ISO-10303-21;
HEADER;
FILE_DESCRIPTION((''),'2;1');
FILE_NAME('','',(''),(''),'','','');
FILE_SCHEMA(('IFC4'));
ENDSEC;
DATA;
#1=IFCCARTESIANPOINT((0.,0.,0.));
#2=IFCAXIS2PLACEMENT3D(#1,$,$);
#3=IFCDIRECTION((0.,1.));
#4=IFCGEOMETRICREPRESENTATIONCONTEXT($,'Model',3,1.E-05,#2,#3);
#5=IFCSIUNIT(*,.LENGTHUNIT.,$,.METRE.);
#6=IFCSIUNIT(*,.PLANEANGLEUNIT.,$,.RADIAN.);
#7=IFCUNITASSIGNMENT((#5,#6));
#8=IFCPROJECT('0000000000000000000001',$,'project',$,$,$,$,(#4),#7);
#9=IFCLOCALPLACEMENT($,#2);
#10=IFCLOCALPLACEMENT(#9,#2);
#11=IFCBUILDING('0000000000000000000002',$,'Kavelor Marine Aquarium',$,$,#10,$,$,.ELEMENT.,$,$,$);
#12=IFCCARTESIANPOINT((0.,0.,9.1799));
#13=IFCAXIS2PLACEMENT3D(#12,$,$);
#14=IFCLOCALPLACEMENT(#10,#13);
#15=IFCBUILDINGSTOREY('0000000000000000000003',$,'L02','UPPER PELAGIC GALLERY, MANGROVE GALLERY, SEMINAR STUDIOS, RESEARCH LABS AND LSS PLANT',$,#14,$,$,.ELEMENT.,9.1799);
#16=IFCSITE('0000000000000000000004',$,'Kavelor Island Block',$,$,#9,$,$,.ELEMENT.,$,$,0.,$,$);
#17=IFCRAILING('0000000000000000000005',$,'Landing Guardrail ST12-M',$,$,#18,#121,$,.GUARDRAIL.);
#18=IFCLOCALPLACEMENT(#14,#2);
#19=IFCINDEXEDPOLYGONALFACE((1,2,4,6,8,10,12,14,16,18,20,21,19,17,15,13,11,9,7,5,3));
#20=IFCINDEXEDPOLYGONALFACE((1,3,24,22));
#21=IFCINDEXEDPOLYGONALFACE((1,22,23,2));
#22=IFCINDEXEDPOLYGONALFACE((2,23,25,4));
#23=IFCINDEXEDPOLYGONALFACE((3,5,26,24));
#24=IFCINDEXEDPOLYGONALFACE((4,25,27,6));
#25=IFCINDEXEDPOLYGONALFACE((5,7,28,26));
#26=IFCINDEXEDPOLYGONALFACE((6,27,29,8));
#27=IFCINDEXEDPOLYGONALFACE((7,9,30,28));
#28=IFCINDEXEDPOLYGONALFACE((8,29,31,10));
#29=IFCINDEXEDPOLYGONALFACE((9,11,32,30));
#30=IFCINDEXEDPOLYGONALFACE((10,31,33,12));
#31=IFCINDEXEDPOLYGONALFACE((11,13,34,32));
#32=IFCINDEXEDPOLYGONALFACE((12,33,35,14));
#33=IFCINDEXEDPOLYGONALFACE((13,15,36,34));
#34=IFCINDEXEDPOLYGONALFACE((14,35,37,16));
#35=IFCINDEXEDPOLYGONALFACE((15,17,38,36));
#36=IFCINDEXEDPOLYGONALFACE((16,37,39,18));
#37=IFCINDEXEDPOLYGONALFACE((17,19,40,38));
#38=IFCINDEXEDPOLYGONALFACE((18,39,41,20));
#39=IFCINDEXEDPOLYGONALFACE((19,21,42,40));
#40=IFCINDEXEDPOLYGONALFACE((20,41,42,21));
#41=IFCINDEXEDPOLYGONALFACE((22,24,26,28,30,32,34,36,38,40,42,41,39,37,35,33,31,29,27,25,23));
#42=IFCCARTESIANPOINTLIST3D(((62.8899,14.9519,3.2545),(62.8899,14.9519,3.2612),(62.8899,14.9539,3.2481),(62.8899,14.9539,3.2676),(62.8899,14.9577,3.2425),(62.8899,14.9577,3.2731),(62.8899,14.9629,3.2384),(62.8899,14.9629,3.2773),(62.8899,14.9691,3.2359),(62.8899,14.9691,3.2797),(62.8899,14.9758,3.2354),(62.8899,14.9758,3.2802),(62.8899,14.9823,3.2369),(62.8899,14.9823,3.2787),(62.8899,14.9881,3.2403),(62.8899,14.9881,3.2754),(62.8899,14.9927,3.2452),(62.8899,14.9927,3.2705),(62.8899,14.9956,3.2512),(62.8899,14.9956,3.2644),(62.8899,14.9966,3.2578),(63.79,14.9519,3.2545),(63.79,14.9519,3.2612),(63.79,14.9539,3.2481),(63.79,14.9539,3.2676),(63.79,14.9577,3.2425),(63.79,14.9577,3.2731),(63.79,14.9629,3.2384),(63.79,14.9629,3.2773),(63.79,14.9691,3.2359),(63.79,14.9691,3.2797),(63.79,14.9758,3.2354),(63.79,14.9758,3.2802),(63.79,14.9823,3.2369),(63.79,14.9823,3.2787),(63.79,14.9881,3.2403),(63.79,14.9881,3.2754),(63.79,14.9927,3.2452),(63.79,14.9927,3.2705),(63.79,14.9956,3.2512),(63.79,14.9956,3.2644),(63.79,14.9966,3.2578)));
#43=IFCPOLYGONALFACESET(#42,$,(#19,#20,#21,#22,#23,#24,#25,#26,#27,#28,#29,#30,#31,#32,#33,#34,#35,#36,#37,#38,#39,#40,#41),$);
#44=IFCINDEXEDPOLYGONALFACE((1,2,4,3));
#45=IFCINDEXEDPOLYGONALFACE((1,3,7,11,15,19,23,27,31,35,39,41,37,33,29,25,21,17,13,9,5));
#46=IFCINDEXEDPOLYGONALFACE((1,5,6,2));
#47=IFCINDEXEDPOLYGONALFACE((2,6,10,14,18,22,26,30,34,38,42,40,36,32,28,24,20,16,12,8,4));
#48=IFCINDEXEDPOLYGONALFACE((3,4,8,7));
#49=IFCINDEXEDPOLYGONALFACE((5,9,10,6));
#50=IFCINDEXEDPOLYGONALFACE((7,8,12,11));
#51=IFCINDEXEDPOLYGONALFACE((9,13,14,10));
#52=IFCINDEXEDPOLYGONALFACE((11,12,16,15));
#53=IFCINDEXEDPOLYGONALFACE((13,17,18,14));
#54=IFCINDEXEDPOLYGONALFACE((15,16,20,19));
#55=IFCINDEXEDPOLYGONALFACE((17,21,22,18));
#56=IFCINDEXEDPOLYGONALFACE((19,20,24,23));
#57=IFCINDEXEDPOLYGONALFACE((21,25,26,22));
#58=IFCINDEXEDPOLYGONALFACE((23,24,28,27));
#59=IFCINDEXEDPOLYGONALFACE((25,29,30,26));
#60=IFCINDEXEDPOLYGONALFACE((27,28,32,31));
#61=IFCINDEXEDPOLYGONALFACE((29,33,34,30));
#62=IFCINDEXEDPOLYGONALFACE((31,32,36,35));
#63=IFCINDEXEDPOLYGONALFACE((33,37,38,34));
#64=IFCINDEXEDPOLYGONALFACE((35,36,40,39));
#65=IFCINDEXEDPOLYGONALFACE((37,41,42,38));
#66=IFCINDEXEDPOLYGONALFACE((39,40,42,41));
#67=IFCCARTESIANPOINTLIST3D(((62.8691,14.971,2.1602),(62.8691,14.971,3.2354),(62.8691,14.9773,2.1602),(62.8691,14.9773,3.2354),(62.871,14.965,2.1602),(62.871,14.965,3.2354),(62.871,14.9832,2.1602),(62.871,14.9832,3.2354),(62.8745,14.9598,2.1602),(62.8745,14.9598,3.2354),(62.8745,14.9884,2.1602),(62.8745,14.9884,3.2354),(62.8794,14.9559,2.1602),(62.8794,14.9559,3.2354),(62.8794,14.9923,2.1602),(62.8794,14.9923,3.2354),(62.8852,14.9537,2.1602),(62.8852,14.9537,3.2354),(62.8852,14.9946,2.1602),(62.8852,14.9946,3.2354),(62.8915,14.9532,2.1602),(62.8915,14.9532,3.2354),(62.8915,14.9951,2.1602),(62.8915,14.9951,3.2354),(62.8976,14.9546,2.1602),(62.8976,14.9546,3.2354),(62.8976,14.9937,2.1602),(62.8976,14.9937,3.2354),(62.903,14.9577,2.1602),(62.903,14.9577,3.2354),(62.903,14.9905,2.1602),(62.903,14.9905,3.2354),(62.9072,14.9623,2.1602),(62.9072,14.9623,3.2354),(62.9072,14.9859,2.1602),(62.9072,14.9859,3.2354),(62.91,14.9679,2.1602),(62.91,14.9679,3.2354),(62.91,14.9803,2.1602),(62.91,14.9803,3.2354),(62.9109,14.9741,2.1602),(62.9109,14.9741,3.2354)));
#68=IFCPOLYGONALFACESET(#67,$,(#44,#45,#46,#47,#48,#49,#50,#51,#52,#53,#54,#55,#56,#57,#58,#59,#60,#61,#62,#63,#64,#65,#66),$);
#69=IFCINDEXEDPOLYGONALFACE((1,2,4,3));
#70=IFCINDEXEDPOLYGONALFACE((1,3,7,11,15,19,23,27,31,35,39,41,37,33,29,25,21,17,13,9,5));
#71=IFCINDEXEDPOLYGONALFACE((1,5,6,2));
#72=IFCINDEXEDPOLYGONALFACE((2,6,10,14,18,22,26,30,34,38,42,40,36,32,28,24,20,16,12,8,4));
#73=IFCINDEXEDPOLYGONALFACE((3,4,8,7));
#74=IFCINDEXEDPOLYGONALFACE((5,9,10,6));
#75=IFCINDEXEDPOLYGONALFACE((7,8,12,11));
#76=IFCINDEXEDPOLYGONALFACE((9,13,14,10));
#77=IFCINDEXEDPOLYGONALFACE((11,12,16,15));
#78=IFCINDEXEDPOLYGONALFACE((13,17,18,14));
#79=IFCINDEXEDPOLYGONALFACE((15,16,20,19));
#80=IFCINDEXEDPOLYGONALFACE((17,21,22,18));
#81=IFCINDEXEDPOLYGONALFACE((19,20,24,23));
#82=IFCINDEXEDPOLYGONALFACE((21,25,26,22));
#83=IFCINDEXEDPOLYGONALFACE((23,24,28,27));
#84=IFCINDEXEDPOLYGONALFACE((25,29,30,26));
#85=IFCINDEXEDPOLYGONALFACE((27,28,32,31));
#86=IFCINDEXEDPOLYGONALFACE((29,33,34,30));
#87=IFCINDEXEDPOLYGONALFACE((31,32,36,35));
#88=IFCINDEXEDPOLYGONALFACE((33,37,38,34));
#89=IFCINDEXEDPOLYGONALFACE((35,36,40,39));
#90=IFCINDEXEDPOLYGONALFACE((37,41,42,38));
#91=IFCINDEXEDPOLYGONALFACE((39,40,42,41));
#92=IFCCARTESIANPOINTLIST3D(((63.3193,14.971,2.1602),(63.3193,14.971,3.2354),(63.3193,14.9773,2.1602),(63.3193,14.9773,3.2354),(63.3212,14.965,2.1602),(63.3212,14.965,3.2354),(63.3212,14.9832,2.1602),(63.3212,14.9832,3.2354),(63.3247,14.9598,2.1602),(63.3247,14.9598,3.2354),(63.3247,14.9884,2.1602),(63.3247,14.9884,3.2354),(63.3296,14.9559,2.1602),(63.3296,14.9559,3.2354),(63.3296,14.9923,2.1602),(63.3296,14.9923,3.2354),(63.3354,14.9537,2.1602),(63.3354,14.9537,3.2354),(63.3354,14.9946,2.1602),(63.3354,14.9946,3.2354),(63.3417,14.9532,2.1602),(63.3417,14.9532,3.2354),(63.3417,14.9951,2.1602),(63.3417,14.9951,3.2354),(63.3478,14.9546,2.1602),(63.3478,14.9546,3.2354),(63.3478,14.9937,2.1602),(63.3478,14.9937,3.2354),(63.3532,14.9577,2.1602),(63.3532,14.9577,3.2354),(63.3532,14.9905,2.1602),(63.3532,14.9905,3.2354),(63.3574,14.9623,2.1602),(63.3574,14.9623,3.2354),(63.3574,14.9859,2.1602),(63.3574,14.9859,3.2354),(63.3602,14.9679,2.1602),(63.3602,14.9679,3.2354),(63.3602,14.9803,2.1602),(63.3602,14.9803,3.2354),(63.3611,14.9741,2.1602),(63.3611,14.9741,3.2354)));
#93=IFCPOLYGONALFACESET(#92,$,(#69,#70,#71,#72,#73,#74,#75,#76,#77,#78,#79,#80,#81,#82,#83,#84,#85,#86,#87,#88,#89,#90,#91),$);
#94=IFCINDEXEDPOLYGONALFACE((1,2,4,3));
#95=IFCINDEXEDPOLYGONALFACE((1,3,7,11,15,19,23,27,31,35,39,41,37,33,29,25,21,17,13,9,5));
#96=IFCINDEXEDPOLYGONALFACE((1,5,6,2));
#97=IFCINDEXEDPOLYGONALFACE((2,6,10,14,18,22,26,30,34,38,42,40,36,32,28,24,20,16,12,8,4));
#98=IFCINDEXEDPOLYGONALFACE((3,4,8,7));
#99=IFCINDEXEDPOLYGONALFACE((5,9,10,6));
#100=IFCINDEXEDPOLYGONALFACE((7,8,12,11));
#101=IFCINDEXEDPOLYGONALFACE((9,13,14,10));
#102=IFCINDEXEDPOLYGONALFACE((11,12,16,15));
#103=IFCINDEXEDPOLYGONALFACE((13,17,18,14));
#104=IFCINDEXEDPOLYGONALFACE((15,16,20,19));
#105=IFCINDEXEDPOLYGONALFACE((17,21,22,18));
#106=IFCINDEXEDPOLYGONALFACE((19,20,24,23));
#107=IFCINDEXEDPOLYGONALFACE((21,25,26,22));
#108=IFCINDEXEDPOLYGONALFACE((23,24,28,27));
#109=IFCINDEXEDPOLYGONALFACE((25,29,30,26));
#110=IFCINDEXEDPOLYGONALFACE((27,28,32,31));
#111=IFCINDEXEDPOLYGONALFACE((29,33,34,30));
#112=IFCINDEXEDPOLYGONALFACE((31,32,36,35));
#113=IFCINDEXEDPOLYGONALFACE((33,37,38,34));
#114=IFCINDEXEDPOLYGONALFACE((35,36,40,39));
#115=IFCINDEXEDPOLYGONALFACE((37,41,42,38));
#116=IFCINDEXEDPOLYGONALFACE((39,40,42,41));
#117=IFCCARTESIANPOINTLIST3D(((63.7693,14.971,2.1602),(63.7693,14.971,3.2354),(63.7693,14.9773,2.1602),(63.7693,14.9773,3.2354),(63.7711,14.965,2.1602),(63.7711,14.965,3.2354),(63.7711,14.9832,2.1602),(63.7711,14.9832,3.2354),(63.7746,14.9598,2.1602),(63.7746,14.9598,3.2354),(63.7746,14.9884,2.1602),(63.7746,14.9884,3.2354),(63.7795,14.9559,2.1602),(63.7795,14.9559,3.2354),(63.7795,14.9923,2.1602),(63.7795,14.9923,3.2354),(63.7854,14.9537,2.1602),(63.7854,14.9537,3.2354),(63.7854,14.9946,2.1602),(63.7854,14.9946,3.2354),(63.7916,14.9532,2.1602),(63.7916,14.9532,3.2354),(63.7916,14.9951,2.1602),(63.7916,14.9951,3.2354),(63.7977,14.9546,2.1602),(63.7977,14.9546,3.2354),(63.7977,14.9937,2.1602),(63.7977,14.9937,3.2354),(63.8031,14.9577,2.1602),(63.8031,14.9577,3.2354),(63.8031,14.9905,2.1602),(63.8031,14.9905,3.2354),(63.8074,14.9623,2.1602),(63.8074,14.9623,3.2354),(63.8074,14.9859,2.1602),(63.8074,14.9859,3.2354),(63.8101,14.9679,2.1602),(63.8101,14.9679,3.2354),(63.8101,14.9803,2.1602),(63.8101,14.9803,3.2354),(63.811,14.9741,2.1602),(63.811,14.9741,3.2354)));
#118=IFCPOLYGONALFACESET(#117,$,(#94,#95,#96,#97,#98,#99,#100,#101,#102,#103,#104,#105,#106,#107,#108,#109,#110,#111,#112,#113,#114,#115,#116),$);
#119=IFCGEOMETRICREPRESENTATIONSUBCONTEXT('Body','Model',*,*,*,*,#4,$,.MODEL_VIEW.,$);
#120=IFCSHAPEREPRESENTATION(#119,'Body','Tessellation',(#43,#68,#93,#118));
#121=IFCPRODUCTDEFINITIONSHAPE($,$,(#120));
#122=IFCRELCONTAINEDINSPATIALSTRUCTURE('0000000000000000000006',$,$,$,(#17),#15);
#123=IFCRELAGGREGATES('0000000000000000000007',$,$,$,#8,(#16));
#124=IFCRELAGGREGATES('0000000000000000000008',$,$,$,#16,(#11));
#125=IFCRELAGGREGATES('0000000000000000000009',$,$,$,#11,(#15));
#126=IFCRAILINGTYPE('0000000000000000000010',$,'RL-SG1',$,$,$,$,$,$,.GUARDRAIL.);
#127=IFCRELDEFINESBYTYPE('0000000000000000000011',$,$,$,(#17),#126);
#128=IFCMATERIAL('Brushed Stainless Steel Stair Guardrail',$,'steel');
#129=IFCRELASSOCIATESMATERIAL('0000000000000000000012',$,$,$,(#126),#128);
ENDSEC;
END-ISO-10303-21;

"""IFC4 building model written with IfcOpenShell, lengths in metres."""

from ifc_helpers import new_model, si_unit, direction, frame, origin, origin_2d, place, context, subcontext, project, spatial, circle, extrude, material, type_object, element, save


model = new_model("IFC4")

# Units and contexts
model_context = context("Model", 3, precision=1e-05, world=origin(), true_north=direction((0.0, 1.0)))
body_context = subcontext(model_context, "Body", "Model", "MODEL_VIEW")
ifc_project = project(units=[si_unit("LENGTHUNIT", "METRE"), si_unit("PLANEANGLEUNIT", "RADIAN")], contexts=[model_context])

# Site, building, storey
site_placement = place(None, origin())
site = spatial("IfcSite", under=ifc_project, at=site_placement, Name="Kavelor Island Block", CompositionType="ELEMENT", RefElevation=0.0)
building_placement = place(site_placement, origin())
building = spatial("IfcBuilding", under=site, at=building_placement, Name="Kavelor Marine Aquarium", CompositionType="ELEMENT")
storey_placement = place(building_placement, frame((0.0, 0.0, 9.1799)))
storey = spatial("IfcBuildingStorey", under=building, at=storey_placement, Name="L02", Description="UPPER PELAGIC GALLERY, MANGROVE GALLERY, SEMINAR STUDIOS, RESEARCH LABS AND LSS PLANT", CompositionType="ELEMENT", Elevation=9.1799)

# Railing
ifc_material_1 = material(Name="Brushed Stainless Steel Stair Guardrail", Category="steel")
railing_type_1 = type_object("IfcRailingType", Name="RL-SG1", PredefinedType="GUARDRAIL", material=ifc_material_1)
railing_1_placement = place(storey_placement, frame((62.8899, 14.9741, 2.1602)))
element("IfcRailing", 1, at=railing_1_placement, inside=storey, type_object=railing_type_1, Name="Landing Guardrail ST12-M", PredefinedType="GUARDRAIL", context=body_context, shape_type="SweptSolid", body=[
    extrude(circle(Radius=0.0225, at=origin_2d()), frame((0.0, 0.0, 1.0977), z_axis=(1.0, 0.0, 0.0), x_axis=(0.0, 1.0, 0.0)), (0.0, 0.0, 1.0), 0.9001),
    extrude(circle(Radius=0.021, at=origin_2d()), origin(), (0.0, 0.0, 1.0), 1.0752),
    extrude(circle(Radius=0.021, at=origin_2d()), frame((0.4502, 0.0, 0.0)), (0.0, 0.0, 1.0), 1.0752),
    extrude(circle(Radius=0.021, at=origin_2d()), frame((0.9001, 0.0, 0.0)), (0.0, 0.0, 1.0), 1.0752),
])

save(model, "model.ifc")
